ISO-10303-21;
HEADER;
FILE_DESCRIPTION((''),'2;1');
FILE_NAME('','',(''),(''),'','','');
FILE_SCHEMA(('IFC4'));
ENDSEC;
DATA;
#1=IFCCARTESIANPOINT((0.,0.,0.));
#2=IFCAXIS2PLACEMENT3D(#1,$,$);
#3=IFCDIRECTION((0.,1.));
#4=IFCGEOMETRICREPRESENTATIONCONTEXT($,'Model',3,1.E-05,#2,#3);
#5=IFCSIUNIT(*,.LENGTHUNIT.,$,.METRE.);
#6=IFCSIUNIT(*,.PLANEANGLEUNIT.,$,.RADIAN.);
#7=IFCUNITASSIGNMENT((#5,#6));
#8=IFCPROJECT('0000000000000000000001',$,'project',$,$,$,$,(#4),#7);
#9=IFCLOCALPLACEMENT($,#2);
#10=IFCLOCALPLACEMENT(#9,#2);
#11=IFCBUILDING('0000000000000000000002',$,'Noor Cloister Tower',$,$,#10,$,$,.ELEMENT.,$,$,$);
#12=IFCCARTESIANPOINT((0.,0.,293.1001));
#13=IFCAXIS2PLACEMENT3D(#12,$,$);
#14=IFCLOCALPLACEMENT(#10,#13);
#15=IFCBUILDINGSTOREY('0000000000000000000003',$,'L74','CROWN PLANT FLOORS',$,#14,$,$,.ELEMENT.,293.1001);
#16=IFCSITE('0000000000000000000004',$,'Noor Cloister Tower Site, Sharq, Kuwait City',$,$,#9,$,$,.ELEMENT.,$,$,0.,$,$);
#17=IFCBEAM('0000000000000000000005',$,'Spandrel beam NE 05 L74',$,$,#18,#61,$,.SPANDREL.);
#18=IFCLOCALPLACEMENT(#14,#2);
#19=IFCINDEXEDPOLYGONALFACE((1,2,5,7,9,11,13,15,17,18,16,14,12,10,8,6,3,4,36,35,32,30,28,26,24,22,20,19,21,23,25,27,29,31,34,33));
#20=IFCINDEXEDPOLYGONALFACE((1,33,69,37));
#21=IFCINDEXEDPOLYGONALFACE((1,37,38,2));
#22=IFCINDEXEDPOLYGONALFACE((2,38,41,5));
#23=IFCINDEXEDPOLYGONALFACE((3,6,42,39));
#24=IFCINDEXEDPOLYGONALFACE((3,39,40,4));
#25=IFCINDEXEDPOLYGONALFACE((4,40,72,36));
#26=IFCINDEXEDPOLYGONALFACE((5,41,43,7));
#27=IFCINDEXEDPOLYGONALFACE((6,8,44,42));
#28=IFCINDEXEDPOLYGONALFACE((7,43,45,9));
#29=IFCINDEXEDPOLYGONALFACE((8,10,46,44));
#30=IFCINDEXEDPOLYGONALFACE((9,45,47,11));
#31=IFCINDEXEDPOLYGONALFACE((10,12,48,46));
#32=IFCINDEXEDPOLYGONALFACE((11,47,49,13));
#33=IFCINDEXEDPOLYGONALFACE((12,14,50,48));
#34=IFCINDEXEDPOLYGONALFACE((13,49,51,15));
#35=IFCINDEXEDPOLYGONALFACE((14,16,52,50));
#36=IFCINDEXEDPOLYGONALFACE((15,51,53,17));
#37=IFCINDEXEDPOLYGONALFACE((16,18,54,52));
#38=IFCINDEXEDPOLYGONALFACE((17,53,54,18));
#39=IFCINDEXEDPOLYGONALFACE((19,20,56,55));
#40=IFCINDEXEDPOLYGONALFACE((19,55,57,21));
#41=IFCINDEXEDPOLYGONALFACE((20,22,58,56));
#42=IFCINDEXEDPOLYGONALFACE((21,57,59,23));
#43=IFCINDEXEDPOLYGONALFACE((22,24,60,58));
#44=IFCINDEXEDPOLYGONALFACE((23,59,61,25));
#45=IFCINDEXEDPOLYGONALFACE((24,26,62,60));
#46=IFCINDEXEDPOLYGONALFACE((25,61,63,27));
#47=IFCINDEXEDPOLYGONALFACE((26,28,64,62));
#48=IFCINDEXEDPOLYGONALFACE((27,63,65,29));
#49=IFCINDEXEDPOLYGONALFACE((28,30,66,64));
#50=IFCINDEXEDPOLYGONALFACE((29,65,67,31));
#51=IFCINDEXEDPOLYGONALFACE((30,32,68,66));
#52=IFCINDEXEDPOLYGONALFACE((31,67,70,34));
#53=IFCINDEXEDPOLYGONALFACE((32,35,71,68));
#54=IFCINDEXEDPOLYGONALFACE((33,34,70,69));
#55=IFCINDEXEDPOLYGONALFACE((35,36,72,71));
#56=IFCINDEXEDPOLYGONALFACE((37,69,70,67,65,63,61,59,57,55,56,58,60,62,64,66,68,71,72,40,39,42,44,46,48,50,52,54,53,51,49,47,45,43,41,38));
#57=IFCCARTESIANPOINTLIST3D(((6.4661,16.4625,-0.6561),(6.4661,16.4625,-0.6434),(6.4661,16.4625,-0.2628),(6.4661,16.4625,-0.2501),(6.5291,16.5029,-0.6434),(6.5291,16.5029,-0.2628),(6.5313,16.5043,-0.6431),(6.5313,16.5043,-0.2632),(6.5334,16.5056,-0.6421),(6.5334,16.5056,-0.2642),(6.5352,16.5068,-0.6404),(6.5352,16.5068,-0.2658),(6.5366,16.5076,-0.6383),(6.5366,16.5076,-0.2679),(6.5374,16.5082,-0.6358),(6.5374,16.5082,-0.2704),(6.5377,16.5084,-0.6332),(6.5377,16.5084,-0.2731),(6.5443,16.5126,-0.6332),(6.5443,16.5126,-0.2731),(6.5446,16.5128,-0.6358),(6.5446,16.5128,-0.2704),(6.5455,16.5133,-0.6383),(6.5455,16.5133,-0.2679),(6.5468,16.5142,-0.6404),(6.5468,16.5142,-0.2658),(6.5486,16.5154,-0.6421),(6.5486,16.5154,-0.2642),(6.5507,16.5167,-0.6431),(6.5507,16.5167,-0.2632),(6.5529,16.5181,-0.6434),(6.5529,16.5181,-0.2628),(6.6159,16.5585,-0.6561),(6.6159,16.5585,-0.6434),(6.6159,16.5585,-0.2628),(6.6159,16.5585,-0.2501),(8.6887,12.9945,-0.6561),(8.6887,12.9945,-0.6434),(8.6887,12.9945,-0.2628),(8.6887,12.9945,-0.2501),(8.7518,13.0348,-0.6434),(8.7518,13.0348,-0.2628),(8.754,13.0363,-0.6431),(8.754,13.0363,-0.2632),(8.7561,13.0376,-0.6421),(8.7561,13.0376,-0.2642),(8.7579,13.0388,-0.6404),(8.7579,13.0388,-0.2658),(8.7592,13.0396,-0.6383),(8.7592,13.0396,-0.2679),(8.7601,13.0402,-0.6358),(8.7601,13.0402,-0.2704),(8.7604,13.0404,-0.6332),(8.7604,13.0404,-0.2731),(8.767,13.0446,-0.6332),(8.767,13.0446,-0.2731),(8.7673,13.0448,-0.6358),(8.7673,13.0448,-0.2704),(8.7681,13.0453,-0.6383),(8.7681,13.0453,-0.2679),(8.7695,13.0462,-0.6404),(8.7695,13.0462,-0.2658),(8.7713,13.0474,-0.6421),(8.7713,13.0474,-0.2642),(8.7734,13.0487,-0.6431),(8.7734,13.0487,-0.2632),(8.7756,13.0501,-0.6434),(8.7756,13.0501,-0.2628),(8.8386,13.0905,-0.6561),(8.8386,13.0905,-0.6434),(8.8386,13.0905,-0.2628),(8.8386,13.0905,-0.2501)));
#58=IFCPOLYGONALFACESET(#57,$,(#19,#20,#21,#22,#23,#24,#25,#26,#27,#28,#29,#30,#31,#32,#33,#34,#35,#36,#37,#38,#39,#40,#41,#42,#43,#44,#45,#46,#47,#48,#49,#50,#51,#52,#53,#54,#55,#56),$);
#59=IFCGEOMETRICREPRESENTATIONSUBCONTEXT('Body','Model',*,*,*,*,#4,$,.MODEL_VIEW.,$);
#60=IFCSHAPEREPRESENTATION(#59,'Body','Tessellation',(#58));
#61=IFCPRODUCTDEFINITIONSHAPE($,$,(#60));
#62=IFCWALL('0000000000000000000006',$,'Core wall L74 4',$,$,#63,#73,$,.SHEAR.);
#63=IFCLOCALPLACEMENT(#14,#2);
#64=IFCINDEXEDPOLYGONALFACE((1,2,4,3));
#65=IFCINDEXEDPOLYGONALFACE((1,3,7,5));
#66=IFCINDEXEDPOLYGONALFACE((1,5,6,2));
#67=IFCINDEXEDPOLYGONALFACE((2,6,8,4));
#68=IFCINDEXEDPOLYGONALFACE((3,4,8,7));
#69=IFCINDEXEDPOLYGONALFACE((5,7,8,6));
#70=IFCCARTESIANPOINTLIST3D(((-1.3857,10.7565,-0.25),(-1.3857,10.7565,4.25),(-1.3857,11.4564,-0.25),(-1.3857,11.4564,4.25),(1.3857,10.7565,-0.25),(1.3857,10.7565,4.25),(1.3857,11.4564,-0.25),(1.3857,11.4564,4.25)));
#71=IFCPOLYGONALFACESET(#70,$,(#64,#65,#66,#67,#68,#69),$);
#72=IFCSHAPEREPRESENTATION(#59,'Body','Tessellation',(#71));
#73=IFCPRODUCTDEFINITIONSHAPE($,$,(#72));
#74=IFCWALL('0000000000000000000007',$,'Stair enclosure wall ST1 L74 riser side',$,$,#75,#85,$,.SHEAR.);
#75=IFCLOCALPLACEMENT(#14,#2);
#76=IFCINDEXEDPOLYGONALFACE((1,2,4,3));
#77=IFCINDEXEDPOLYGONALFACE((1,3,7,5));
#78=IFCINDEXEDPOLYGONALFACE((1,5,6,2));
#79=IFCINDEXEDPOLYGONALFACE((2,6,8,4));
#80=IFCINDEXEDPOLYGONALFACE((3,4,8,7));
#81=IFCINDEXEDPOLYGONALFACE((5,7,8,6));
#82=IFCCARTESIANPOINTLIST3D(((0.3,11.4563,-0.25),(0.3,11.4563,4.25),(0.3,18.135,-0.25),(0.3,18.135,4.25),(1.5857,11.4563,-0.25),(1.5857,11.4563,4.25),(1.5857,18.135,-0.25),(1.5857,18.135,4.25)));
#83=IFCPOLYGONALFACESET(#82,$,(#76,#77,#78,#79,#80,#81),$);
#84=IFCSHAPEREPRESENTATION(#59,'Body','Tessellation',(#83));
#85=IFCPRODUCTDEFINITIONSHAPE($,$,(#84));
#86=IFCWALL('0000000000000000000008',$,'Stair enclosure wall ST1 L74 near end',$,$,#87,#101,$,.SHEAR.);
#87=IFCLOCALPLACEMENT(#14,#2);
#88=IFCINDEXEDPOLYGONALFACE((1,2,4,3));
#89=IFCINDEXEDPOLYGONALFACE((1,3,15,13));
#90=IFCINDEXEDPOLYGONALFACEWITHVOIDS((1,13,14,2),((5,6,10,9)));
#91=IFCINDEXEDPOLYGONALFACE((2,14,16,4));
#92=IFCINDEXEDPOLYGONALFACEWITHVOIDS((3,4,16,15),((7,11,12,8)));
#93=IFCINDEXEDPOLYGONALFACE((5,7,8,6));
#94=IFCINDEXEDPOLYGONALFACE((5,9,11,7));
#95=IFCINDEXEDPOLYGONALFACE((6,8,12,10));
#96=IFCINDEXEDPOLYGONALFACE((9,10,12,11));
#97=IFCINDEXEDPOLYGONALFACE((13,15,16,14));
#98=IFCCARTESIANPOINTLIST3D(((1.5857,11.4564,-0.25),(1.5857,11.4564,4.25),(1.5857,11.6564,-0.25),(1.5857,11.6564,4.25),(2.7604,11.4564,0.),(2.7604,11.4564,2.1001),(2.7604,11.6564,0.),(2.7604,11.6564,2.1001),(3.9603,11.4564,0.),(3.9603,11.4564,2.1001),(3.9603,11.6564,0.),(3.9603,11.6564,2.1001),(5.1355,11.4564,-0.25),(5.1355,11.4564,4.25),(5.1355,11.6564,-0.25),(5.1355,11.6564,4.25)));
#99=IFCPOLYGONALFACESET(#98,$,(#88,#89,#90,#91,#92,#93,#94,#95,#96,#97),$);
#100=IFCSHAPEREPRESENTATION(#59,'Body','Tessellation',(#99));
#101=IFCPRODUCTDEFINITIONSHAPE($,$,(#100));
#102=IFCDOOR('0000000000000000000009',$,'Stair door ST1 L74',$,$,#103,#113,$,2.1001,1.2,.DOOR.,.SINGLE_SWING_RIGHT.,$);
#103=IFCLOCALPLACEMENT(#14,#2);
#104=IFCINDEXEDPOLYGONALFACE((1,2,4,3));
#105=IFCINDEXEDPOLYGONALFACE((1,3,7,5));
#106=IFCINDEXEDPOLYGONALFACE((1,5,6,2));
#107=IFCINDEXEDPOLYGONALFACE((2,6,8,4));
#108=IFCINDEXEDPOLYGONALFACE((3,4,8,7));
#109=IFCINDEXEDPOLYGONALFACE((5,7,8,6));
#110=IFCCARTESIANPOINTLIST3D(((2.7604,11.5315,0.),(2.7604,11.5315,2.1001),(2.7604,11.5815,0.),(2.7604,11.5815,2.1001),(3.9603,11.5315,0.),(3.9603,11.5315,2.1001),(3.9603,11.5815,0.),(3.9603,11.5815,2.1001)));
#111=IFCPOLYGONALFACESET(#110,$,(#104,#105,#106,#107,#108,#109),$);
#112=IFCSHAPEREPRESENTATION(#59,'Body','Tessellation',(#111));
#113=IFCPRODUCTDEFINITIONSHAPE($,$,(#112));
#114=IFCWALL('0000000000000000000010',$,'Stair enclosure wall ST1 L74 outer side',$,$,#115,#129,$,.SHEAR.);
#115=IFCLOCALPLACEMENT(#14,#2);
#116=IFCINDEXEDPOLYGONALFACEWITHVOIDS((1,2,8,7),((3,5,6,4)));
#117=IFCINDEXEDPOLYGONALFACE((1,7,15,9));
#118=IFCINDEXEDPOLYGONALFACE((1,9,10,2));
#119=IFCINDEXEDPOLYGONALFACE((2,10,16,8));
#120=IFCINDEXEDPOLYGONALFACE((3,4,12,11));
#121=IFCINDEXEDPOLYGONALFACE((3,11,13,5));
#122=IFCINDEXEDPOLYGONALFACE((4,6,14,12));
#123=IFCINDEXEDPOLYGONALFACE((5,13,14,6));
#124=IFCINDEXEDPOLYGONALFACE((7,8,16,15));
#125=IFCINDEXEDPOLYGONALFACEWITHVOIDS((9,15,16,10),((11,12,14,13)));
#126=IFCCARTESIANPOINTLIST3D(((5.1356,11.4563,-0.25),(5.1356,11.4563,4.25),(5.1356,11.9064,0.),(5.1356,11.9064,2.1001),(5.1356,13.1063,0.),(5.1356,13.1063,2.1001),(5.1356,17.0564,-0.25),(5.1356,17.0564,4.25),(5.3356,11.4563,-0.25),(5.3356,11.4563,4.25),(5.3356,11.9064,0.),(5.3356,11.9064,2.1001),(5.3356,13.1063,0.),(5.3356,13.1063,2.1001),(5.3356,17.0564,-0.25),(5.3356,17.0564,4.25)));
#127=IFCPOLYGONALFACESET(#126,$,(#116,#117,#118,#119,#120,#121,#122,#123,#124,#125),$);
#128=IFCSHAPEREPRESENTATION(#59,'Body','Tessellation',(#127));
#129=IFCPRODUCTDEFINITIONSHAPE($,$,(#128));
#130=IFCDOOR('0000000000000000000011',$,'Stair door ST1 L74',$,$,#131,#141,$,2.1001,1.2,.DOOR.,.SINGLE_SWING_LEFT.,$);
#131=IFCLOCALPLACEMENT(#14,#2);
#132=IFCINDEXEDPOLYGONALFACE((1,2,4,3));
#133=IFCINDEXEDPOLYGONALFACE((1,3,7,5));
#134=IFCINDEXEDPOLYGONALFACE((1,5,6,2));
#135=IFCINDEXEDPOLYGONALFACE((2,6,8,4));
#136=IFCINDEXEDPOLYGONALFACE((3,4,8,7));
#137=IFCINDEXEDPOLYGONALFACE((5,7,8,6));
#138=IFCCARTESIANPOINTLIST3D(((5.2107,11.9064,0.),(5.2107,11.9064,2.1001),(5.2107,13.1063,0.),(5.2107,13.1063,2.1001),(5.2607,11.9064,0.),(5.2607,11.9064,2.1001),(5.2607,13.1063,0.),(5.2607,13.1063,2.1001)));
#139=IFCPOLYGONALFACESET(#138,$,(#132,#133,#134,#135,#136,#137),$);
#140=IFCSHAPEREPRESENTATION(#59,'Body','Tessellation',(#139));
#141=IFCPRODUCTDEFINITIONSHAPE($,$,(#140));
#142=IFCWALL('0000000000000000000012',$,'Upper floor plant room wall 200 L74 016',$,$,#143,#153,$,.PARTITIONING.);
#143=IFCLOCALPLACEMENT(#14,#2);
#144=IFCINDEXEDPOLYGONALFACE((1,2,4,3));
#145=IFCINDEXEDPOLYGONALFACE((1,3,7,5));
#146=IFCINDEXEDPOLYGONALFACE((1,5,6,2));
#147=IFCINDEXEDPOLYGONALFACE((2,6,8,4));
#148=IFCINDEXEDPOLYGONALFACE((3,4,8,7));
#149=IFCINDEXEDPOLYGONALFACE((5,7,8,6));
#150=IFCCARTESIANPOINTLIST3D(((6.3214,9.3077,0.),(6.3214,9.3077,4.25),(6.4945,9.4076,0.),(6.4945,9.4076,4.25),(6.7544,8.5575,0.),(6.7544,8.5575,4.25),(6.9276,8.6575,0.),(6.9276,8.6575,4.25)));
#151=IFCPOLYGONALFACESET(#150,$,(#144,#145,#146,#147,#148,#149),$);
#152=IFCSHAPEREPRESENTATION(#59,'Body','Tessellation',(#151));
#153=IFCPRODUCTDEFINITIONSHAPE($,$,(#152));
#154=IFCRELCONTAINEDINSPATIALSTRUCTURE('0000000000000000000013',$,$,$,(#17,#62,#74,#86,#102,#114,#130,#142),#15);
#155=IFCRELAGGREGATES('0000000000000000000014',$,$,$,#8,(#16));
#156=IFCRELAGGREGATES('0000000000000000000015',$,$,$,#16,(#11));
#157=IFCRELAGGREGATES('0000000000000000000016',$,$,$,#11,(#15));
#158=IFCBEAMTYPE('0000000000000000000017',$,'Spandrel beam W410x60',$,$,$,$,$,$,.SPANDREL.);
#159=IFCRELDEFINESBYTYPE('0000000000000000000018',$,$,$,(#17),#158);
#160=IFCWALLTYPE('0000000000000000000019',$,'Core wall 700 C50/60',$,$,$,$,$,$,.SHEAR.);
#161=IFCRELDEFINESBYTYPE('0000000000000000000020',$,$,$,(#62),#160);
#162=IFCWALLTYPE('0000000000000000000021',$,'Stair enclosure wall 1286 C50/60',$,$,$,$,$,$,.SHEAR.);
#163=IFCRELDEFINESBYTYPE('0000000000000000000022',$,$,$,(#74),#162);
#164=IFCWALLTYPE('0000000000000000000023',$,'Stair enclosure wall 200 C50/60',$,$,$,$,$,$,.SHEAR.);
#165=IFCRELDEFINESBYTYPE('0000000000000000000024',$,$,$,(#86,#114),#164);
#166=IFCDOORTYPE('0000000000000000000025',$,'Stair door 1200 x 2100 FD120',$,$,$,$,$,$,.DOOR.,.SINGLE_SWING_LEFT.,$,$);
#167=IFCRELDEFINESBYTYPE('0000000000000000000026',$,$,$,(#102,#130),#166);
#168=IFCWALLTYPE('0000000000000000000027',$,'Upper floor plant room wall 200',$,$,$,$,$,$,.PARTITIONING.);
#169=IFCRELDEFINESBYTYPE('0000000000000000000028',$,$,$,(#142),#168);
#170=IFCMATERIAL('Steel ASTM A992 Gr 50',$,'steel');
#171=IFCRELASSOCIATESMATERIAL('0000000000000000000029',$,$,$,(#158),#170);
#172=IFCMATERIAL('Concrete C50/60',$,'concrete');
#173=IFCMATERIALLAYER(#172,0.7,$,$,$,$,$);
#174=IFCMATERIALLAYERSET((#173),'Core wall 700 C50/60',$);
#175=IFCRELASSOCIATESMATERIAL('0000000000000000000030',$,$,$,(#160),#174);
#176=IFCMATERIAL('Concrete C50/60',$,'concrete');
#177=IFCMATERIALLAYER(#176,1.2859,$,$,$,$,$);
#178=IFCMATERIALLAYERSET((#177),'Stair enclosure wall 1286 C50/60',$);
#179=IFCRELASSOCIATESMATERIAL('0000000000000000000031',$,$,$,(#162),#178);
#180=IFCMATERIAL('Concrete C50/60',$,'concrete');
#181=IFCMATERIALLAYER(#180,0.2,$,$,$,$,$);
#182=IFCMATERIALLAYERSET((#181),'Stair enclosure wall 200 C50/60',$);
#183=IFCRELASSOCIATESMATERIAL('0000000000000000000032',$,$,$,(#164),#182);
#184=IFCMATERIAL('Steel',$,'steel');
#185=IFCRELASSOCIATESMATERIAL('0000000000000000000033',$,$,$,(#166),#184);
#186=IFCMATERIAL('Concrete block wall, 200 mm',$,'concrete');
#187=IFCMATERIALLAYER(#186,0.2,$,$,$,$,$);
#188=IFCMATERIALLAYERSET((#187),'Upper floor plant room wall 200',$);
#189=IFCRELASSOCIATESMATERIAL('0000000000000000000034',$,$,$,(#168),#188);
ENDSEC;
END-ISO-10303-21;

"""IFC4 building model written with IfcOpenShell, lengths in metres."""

from ifc_helpers import new_model, si_unit, direction, frame, frame_2d, origin, origin_2d, place, context, subcontext, project, spatial, rectangle, i_section, extrude, material, layer, layer_set, material_profile, profile_set, type_object, element, fill, save


model = new_model("IFC4")

# Units and contexts
model_context = context("Model", 3, precision=1e-05, world=origin(), true_north=direction((0.0, 1.0)))
body_context = subcontext(model_context, "Body", "Model", "MODEL_VIEW")
ifc_project = project(units=[si_unit("LENGTHUNIT", "METRE"), si_unit("PLANEANGLEUNIT", "RADIAN")], contexts=[model_context])

# Site, building, storey
site_placement = place(None, origin())
site = spatial("IfcSite", under=ifc_project, at=site_placement, Name="Noor Cloister Tower Site, Sharq, Kuwait City", CompositionType="ELEMENT", RefElevation=0.0)
building_placement = place(site_placement, origin())
building = spatial("IfcBuilding", under=site, at=building_placement, Name="Noor Cloister Tower", CompositionType="ELEMENT")
storey_placement = place(building_placement, frame((0.0, 0.0, 293.1001)))
storey = spatial("IfcBuildingStorey", under=building, at=storey_placement, Name="L74", Description="CROWN PLANT FLOORS", CompositionType="ELEMENT", Elevation=293.1001)

# Beam
ifc_material_1 = material(Name="Steel ASTM A992 Gr 50", Category="steel")
ifc_material_profile_1 = material_profile(ifc_material_1, i_section(OverallWidth=0.178, OverallDepth=0.406, WebThickness=0.0078, FlangeThickness=0.0127, FilletRadius=0.0103, at=origin_2d()), Name="W410x60")
ifc_profile_set_1 = profile_set([ifc_material_profile_1], Name="Steel ASTM A992 Gr 50")
beam_type_1 = type_object("IfcBeamType", Name="Spandrel beam W410x60", PredefinedType="SPANDREL", material=ifc_profile_set_1)
beam_1_placement = place(storey_placement, frame((8.7637, 13.0425, -0.4531), z_axis=(-0.539592, 0.841927, 0.0), x_axis=(-0.841927, -0.539592, 0.0)))
element("IfcBeam", 1, at=beam_1_placement, inside=storey, type_object=beam_type_1, Name="Spandrel beam NE 05 L74", PredefinedType="SPANDREL", context=body_context, shape_type="SweptSolid", body=[
    extrude(i_section(OverallWidth=0.178, OverallDepth=0.406, WebThickness=0.0078, FlangeThickness=0.0127, FilletRadius=0.0103, at=origin_2d()), origin(), (0.0, 0.0, 1.0), 4.1191),
])

# Walls
ifc_material_2 = material(Name="Concrete C50/60", Category="concrete")
ifc_layer_1 = layer(ifc_material_2, 0.7)
ifc_layer_set_1 = layer_set([ifc_layer_1], Name="Core wall 700 C50/60")
wall_type_1 = type_object("IfcWallType", Name="Core wall 700 C50/60", PredefinedType="SHEAR", material=ifc_layer_set_1)
wall_1_placement = place(storey_placement, frame((1.3857, 11.1064, -0.25), z_axis=(0.0, 0.0, 1.0), x_axis=(-1.0, 0.0, 0.0)))
element("IfcWall", 2, at=wall_1_placement, inside=storey, type_object=wall_type_1, Name="Core wall L74 4", PredefinedType="SHEAR", context=body_context, shape_type="SweptSolid", body=[
    extrude(rectangle(XDim=2.7715, YDim=0.7, at=frame_2d((1.3857, 0.0))), origin(), (0.0, 0.0, 1.0), 4.5),
])
ifc_material_3 = material(Name="Concrete C50/60", Category="concrete")
ifc_layer_2 = layer(ifc_material_3, 1.2859)
ifc_layer_set_2 = layer_set([ifc_layer_2], Name="Stair enclosure wall 1286 C50/60")
wall_type_2 = type_object("IfcWallType", Name="Stair enclosure wall 1286 C50/60", PredefinedType="SHEAR", material=ifc_layer_set_2)
wall_2_placement = place(storey_placement, frame((0.9429, 11.4563, -0.25), z_axis=(0.0, 0.0, 1.0), x_axis=(0.0, 1.0, 0.0)))
element("IfcWall", 3, at=wall_2_placement, inside=storey, type_object=wall_type_2, Name="Stair enclosure wall ST1 L74 riser side", PredefinedType="SHEAR", context=body_context, shape_type="SweptSolid", body=[
    extrude(rectangle(XDim=6.6787, YDim=1.2856, at=frame_2d((3.3394, 0.0))), origin(), (0.0, 0.0, 1.0), 4.5),
])

# Walls, openings, doors
ifc_material_4 = material(Name="Concrete C50/60", Category="concrete")
ifc_layer_3 = layer(ifc_material_4, 0.2)
ifc_layer_set_3 = layer_set([ifc_layer_3], Name="Stair enclosure wall 200 C50/60")
wall_type_3 = type_object("IfcWallType", Name="Stair enclosure wall 200 C50/60", PredefinedType="SHEAR", material=ifc_layer_set_3)
wall_3_placement = place(storey_placement, frame((5.1355, 11.5564, -0.25), z_axis=(0.0, 0.0, 1.0), x_axis=(-1.0, 0.0, 0.0)))
wall_3 = element("IfcWall", 4, at=wall_3_placement, inside=storey, type_object=wall_type_3, Name="Stair enclosure wall ST1 L74 near end", PredefinedType="SHEAR", context=body_context, shape_type="SweptSolid", body=[
    extrude(rectangle(XDim=3.5498, YDim=0.2, at=frame_2d((1.7749, 0.0))), origin(), (0.0, 0.0, 1.0), 4.5),
])
opening_1_placement = place(wall_3_placement, frame((1.175, 0.0, 0.25)))
opening_1 = element("IfcOpeningElement", 5, at=opening_1_placement, cuts=wall_3, PredefinedType="OPENING", context=body_context, shape_type="SweptSolid", body=[
    extrude(rectangle(XDim=1.2, YDim=2.1001, at=frame_2d((0.6001, 1.05))), frame((0.0, 0.1099, 0.0), z_axis=(0.0, -1.0, 0.0), x_axis=(1.0, 0.0, 0.0)), (0.0, 0.0, 1.0), 0.22),
])
ifc_material_5 = material(Name="Steel", Category="steel")
door_type_1 = type_object("IfcDoorType", Name="Stair door 1200 x 2100 FD120", OperationType="SINGLE_SWING_LEFT", PredefinedType="DOOR", material=ifc_material_5)
door_1_placement = place(opening_1_placement, origin())
door_1 = element("IfcDoor", 6, at=door_1_placement, inside=storey, type_object=door_type_1, Name="Stair door ST1 L74", OperationType="SINGLE_SWING_RIGHT", OverallHeight=2.1001, OverallWidth=1.2, PredefinedType="DOOR", context=body_context, shape_type="SweptSolid", body=[
    extrude(rectangle(XDim=1.2, YDim=2.1001, at=frame_2d((0.6001, 1.05))), frame((0.0, 0.0249, 0.0), z_axis=(0.0, -1.0, 0.0), x_axis=(1.0, 0.0, 0.0)), (0.0, 0.0, 1.0), 0.05),
])
fill(opening_1, door_1)
wall_4_placement = place(storey_placement, frame((5.2356, 11.4563, -0.25), z_axis=(0.0, 0.0, 1.0), x_axis=(0.0, 1.0, 0.0)))
wall_4 = element("IfcWall", 7, at=wall_4_placement, inside=storey, type_object=wall_type_3, Name="Stair enclosure wall ST1 L74 outer side", PredefinedType="SHEAR", context=body_context, shape_type="SweptSolid", body=[
    extrude(rectangle(XDim=5.6001, YDim=0.2, at=frame_2d((2.8, 0.0))), origin(), (0.0, 0.0, 1.0), 4.5),
])
opening_2_placement = place(wall_4_placement, frame((0.45, 0.0, 0.25)))
opening_2 = element("IfcOpeningElement", 8, at=opening_2_placement, cuts=wall_4, PredefinedType="OPENING", context=body_context, shape_type="SweptSolid", body=[
    extrude(rectangle(XDim=1.2, YDim=2.1001, at=frame_2d((0.6001, 1.05))), frame((0.0, 0.1099, 0.0), z_axis=(0.0, -1.0, 0.0), x_axis=(1.0, 0.0, 0.0)), (0.0, 0.0, 1.0), 0.22),
])
door_2_placement = place(opening_2_placement, origin())
door_2 = element("IfcDoor", 9, at=door_2_placement, inside=storey, type_object=door_type_1, Name="Stair door ST1 L74", OperationType="SINGLE_SWING_LEFT", OverallHeight=2.1001, OverallWidth=1.2, PredefinedType="DOOR", context=body_context, shape_type="SweptSolid", body=[
    extrude(rectangle(XDim=1.2, YDim=2.1001, at=frame_2d((0.6001, 1.05))), frame((0.0, 0.0249, 0.0), z_axis=(0.0, -1.0, 0.0), x_axis=(1.0, 0.0, 0.0)), (0.0, 0.0, 1.0), 0.05),
])
fill(opening_2, door_2)

# Wall
ifc_material_6 = material(Name="Concrete block wall, 200 mm", Category="concrete")
ifc_layer_4 = layer(ifc_material_6, 0.2)
ifc_layer_set_4 = layer_set([ifc_layer_4], Name="Upper floor plant room wall 200")
wall_type_4 = type_object("IfcWallType", Name="Upper floor plant room wall 200", PredefinedType="PARTITIONING", material=ifc_layer_set_4)
wall_5_placement = place(storey_placement, frame((6.408, 9.3577, 0.0), z_axis=(0.0, 0.0, 1.0), x_axis=(0.499958, -0.866049, 0.0)))
element("IfcWall", 10, at=wall_5_placement, inside=storey, type_object=wall_type_4, Name="Upper floor plant room wall 200 L74 016", PredefinedType="PARTITIONING", context=body_context, shape_type="SweptSolid", body=[
    extrude(rectangle(XDim=0.8662, YDim=0.2, at=frame_2d((0.4331, 0.0))), origin(), (0.0, 0.0, 1.0), 4.25),
])

save(model, "model.ifc")
